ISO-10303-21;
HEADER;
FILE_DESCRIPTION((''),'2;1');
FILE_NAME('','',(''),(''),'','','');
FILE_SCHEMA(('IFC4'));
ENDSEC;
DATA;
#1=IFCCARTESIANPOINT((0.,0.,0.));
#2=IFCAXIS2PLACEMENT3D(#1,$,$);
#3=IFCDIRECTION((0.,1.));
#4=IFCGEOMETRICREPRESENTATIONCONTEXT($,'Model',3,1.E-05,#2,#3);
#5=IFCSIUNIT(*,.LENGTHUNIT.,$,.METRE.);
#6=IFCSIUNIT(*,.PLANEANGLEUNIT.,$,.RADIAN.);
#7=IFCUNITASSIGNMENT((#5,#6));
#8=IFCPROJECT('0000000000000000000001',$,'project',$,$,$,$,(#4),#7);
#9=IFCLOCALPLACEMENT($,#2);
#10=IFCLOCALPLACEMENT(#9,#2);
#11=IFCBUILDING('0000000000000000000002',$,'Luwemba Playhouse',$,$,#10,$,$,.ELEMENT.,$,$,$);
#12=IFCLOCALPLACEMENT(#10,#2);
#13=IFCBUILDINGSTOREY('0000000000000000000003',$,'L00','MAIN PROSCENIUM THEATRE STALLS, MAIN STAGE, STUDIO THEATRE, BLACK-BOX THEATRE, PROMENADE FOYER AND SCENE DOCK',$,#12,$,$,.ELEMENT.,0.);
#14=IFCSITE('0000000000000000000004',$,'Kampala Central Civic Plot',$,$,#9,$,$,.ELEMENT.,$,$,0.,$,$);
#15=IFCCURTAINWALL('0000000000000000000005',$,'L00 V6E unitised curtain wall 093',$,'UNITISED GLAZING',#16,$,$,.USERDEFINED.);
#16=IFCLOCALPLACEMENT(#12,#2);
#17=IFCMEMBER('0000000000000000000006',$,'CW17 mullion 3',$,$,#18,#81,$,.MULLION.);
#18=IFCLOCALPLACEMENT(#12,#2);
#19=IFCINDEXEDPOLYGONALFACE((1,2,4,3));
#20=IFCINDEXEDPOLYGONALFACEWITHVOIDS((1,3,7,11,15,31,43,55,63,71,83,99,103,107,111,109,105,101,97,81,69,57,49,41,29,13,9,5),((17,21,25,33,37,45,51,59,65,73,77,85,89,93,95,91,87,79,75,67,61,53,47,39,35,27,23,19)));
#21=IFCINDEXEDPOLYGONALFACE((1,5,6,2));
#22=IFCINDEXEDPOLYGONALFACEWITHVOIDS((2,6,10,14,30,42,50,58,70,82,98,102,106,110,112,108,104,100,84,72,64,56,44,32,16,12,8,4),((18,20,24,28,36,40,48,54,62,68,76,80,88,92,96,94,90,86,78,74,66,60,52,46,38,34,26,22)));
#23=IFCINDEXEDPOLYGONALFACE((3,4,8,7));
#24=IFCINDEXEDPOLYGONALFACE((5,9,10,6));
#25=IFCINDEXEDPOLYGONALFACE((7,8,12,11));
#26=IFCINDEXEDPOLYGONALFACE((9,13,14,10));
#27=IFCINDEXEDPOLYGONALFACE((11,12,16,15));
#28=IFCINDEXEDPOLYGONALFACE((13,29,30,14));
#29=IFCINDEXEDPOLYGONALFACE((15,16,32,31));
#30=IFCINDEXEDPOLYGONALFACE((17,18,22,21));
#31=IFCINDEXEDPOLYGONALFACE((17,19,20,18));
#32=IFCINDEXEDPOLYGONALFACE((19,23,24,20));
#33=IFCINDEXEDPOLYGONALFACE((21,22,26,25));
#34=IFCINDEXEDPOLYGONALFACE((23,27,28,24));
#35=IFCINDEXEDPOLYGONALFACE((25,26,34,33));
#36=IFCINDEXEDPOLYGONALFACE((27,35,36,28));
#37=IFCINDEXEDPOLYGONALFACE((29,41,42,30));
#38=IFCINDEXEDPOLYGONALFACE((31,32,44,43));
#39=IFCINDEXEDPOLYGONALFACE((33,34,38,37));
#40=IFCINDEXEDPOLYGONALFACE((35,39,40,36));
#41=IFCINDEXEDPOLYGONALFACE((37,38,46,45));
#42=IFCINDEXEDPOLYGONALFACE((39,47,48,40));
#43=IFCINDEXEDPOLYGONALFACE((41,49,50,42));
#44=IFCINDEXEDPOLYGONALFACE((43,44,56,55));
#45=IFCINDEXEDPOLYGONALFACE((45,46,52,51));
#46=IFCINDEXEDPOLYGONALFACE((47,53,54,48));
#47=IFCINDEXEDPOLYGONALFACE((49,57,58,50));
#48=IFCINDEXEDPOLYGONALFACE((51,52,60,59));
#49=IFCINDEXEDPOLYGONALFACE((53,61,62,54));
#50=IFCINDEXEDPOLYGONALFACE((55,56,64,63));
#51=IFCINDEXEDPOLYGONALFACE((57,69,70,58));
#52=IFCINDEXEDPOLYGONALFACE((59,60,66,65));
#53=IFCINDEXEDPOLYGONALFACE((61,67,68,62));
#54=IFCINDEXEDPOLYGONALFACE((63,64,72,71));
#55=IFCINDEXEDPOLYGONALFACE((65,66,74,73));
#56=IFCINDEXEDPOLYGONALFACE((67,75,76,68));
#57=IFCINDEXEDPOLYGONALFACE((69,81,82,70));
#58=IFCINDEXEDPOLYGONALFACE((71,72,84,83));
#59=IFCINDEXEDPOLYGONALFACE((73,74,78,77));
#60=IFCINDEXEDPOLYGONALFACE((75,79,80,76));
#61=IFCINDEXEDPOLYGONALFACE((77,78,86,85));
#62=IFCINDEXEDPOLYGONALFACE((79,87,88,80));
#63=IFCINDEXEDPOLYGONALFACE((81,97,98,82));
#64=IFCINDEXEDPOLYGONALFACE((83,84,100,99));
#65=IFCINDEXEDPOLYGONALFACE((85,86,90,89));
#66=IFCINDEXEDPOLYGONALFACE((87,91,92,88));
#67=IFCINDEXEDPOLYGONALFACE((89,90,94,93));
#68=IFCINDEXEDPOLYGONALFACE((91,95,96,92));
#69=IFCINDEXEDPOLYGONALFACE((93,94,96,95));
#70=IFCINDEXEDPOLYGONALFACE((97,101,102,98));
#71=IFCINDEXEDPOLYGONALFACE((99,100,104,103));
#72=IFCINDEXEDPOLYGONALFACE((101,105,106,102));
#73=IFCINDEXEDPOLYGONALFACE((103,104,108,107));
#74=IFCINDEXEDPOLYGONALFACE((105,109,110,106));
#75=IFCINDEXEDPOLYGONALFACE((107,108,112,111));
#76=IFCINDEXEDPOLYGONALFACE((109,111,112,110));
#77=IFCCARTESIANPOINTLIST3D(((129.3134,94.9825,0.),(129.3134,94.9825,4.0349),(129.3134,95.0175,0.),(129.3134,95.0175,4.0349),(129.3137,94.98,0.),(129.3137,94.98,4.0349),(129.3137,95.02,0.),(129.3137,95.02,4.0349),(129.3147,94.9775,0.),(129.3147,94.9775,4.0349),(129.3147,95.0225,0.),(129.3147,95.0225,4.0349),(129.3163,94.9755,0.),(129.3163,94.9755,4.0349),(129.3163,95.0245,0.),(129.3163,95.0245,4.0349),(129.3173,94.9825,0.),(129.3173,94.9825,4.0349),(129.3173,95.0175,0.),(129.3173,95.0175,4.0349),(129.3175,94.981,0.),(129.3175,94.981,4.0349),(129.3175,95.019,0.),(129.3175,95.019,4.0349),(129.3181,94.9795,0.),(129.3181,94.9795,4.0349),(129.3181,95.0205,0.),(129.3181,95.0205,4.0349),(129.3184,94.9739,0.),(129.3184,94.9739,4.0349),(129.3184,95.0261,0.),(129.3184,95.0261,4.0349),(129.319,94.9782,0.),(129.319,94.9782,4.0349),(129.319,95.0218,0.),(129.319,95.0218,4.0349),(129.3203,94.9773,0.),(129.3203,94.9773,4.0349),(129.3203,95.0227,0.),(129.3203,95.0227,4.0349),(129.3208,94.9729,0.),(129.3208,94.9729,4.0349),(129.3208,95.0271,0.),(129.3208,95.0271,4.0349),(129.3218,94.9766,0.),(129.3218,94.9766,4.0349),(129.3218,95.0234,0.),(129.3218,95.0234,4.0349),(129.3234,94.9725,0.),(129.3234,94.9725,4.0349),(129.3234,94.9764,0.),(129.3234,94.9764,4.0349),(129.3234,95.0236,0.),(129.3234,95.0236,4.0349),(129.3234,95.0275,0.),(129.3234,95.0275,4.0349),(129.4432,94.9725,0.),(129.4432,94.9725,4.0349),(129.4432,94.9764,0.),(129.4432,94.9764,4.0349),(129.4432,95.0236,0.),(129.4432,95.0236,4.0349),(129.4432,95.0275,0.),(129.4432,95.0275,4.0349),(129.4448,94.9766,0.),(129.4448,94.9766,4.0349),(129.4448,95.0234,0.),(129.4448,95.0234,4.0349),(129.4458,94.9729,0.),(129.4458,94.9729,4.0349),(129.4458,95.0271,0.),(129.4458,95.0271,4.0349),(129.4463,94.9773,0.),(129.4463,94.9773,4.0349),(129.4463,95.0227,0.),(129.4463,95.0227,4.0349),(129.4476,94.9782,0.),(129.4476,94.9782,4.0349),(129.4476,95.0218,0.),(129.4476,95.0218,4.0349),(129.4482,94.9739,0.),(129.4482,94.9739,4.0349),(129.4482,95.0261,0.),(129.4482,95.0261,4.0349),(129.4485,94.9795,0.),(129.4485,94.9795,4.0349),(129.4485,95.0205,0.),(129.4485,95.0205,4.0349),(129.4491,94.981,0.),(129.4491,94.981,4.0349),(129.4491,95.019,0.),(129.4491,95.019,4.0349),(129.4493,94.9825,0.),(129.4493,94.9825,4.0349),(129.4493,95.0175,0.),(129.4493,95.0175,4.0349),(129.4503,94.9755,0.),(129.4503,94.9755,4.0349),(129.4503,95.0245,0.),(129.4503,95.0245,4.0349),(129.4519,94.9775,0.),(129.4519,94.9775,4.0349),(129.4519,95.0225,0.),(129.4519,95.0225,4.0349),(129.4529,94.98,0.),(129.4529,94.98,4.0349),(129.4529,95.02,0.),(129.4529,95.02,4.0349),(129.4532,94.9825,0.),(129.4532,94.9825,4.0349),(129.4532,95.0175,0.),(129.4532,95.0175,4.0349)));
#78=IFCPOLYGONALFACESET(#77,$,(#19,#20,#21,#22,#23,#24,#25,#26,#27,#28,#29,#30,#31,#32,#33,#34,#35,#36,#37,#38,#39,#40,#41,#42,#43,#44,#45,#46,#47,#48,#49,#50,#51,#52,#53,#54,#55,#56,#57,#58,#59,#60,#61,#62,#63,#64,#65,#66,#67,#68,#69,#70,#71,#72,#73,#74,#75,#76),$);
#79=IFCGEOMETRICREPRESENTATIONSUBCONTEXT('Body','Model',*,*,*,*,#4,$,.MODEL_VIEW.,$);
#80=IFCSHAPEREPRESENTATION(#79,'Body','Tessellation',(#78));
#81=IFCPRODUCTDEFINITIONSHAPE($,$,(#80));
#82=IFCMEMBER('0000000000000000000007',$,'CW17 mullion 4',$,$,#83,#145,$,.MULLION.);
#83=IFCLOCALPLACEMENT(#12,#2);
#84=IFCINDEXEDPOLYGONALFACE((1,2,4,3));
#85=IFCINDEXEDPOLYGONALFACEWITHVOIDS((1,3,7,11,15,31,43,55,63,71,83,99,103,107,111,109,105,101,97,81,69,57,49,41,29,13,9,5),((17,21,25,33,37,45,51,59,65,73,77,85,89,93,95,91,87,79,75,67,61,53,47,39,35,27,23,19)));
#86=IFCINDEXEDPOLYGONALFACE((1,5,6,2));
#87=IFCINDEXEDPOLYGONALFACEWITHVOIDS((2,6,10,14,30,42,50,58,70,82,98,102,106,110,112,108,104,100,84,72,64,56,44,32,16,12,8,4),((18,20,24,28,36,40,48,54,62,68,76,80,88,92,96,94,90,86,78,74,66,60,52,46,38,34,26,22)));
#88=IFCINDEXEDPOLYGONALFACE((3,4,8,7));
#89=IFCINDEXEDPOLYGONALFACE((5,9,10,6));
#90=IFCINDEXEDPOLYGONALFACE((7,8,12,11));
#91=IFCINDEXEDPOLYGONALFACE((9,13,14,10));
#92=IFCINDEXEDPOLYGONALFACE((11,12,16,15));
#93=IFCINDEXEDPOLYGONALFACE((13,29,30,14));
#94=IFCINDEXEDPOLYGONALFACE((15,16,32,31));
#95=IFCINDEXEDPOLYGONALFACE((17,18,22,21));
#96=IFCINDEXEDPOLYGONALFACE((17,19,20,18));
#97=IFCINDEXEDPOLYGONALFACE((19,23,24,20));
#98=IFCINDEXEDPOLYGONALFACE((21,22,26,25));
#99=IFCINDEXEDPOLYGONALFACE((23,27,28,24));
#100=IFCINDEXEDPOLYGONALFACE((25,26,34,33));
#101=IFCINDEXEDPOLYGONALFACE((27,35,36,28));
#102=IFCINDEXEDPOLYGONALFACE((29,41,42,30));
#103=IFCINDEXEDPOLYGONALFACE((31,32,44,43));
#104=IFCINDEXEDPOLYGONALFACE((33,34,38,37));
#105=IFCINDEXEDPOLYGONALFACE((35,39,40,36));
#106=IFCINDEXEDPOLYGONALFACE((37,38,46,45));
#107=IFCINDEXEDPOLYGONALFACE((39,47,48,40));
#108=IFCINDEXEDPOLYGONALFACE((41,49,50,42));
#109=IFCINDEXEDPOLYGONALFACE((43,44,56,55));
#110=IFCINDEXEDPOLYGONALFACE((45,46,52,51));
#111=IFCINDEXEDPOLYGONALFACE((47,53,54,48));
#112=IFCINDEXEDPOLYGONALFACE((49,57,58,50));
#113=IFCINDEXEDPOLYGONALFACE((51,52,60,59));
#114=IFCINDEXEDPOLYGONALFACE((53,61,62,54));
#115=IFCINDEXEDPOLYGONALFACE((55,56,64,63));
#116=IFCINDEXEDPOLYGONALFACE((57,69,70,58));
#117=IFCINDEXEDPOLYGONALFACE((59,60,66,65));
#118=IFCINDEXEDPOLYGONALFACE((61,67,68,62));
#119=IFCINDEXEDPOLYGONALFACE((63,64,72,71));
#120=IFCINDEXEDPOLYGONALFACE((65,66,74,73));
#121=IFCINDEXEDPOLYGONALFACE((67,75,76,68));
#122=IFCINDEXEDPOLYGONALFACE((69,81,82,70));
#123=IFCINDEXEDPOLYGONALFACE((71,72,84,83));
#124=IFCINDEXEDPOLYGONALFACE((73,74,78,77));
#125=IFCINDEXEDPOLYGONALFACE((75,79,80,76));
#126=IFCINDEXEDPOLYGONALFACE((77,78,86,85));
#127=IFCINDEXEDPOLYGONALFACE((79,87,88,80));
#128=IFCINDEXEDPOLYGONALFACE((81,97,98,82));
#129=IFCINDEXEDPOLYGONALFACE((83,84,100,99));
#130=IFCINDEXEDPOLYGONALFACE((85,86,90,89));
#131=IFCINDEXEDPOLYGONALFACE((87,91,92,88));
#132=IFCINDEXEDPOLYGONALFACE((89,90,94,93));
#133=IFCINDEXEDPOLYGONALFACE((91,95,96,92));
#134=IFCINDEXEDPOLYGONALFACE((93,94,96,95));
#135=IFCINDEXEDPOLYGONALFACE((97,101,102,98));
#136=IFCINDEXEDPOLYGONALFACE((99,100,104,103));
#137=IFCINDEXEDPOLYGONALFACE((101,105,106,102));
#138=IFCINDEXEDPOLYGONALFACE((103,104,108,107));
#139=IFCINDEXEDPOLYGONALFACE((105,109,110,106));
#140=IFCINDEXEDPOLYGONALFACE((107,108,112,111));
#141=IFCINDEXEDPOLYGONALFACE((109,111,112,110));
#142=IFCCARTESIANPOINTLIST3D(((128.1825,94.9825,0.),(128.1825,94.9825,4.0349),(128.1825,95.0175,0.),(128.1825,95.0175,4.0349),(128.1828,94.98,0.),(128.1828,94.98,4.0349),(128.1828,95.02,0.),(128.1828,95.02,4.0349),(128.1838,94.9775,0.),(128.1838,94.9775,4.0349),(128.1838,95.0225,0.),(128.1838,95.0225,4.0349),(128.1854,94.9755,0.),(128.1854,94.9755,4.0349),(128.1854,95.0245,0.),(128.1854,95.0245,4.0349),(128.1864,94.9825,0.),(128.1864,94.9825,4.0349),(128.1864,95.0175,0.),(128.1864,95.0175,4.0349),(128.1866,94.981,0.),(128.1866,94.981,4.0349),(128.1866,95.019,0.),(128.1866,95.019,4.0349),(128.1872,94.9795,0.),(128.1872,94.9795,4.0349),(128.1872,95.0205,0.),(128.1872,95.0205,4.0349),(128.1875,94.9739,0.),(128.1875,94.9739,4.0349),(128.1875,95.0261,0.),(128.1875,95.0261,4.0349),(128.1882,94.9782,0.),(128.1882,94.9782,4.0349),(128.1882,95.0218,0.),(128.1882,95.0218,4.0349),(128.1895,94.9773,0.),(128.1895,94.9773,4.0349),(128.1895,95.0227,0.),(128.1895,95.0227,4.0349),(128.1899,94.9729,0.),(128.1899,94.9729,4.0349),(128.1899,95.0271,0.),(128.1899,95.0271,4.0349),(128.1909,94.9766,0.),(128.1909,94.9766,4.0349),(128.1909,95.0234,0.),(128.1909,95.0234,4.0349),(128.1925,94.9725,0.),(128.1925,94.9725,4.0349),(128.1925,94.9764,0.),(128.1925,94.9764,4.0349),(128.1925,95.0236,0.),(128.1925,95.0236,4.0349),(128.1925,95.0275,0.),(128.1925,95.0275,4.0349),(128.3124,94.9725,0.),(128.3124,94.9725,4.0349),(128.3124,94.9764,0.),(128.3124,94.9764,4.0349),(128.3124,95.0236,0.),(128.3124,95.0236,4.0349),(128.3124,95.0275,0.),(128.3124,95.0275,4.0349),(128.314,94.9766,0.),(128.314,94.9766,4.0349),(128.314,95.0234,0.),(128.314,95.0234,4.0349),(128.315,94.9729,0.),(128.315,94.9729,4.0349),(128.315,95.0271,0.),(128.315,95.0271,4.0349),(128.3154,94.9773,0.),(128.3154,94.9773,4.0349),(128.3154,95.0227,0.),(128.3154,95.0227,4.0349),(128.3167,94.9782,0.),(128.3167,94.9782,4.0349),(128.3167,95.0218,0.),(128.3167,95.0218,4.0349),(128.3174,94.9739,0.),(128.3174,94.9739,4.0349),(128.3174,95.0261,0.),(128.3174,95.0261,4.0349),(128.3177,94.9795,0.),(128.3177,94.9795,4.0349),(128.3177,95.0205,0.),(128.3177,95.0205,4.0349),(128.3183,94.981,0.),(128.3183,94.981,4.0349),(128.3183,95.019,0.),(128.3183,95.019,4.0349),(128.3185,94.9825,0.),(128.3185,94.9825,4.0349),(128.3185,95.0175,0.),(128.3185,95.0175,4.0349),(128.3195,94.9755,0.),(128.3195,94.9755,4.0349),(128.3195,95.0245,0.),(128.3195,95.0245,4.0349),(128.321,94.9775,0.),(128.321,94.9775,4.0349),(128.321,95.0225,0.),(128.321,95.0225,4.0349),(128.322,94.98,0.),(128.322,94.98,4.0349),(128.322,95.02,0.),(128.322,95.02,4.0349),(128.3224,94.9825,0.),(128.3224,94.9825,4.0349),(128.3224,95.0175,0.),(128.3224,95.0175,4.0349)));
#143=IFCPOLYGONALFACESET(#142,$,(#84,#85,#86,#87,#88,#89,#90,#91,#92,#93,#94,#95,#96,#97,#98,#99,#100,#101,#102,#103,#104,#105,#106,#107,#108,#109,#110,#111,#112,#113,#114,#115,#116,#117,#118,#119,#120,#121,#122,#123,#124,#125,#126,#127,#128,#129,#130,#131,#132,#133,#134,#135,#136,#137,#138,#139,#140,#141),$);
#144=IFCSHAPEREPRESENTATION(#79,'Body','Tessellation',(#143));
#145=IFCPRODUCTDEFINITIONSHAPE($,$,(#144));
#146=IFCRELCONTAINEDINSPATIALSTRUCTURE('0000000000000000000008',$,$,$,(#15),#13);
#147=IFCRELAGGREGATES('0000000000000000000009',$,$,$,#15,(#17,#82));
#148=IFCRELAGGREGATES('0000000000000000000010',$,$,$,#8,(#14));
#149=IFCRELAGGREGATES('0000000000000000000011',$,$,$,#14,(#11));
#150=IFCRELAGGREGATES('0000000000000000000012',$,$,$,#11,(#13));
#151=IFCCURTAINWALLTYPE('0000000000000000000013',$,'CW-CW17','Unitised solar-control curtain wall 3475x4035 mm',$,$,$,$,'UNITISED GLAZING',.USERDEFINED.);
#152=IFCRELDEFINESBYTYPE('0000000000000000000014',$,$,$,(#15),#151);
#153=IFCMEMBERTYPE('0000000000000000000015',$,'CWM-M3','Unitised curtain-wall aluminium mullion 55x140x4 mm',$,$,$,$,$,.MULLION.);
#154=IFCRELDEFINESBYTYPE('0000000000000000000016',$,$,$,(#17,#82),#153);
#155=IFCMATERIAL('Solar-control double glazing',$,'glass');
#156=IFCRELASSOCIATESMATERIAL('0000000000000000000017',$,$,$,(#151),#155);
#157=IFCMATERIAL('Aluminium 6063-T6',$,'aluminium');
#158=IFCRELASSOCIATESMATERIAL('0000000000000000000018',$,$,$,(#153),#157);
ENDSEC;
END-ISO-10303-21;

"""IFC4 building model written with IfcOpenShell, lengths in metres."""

from ifc_helpers import new_model, si_unit, direction, frame, origin, origin_2d, place, context, subcontext, project, spatial, hollow_rectangle, extrude, material, material_profile, profile_set, type_object, element, aggregate, save


model = new_model("IFC4")

# Units and contexts
model_context = context("Model", 3, precision=1e-05, world=origin(), true_north=direction((0.0, 1.0)))
body_context = subcontext(model_context, "Body", "Model", "MODEL_VIEW")
ifc_project = project(units=[si_unit("LENGTHUNIT", "METRE"), si_unit("PLANEANGLEUNIT", "RADIAN")], contexts=[model_context])

# Site, building, storey
site_placement = place(None, origin())
site = spatial("IfcSite", under=ifc_project, at=site_placement, Name="Kampala Central Civic Plot", CompositionType="ELEMENT", RefElevation=0.0)
building_placement = place(site_placement, origin())
building = spatial("IfcBuilding", under=site, at=building_placement, Name="Luwemba Playhouse", CompositionType="ELEMENT")
storey_placement = place(building_placement, origin())
storey = spatial("IfcBuildingStorey", under=building, at=storey_placement, Name="L00", Description="MAIN PROSCENIUM THEATRE STALLS, MAIN STAGE, STUDIO THEATRE, BLACK-BOX THEATRE, PROMENADE FOYER AND SCENE DOCK", CompositionType="ELEMENT", Elevation=0.0)

# Curtain wall, members
ifc_material_1 = material(Name="Solar-control double glazing", Category="glass")
curtain_wall_type = type_object("IfcCurtainWallType", Name="CW-CW17", Description="Unitised solar-control curtain wall 3475x4035 mm", ElementType="UNITISED GLAZING", PredefinedType="USERDEFINED", material=ifc_material_1)
curtain_wall_placement = place(storey_placement, origin())
curtain_wall = element("IfcCurtainWall", 1, at=curtain_wall_placement, inside=storey, type_object=curtain_wall_type, Name="L00 V6E unitised curtain wall 093", ObjectType="UNITISED GLAZING", PredefinedType="USERDEFINED")
ifc_material_2 = material(Name="Aluminium 6063-T6", Category="aluminium")
ifc_material_profile_1 = material_profile(ifc_material_2, hollow_rectangle(XDim=0.0549, YDim=0.1399, WallThickness=0.0039, InnerFilletRadius=0.0061, OuterFilletRadius=0.01, at=origin_2d()))
ifc_profile_set_1 = profile_set([ifc_material_profile_1], Name="Aluminium 6063-T6")
member_type_1 = type_object("IfcMemberType", Name="CWM-M3", Description="Unitised curtain-wall aluminium mullion 55x140x4 mm", PredefinedType="MULLION", material=ifc_profile_set_1)
member_1_placement = place(storey_placement, frame((129.3833, 95.0, 0.0), z_axis=(0.0, 0.0, 1.0), x_axis=(0.0, -1.0, 0.0)))
member_1 = element("IfcMember", 2, at=member_1_placement, type_object=member_type_1, Name="CW17 mullion 3", PredefinedType="MULLION", context=body_context, shape_type="SweptSolid", body=[
    extrude(hollow_rectangle(XDim=0.0549, YDim=0.1399, WallThickness=0.0039, InnerFilletRadius=0.0061, OuterFilletRadius=0.01, at=origin_2d()), origin(), (0.0, 0.0, 1.0), 4.0349),
])
member_2_placement = place(storey_placement, frame((128.2524, 95.0, 0.0), z_axis=(0.0, 0.0, 1.0), x_axis=(0.0, -1.0, 0.0)))
member_2 = element("IfcMember", 3, at=member_2_placement, type_object=member_type_1, Name="CW17 mullion 4", PredefinedType="MULLION", context=body_context, shape_type="SweptSolid", body=[
    extrude(hollow_rectangle(XDim=0.0549, YDim=0.1399, WallThickness=0.0039, InnerFilletRadius=0.0061, OuterFilletRadius=0.01, at=origin_2d()), origin(), (0.0, 0.0, 1.0), 4.0349),
])
aggregate(curtain_wall, [member_1, member_2])

save(model, "model.ifc")
